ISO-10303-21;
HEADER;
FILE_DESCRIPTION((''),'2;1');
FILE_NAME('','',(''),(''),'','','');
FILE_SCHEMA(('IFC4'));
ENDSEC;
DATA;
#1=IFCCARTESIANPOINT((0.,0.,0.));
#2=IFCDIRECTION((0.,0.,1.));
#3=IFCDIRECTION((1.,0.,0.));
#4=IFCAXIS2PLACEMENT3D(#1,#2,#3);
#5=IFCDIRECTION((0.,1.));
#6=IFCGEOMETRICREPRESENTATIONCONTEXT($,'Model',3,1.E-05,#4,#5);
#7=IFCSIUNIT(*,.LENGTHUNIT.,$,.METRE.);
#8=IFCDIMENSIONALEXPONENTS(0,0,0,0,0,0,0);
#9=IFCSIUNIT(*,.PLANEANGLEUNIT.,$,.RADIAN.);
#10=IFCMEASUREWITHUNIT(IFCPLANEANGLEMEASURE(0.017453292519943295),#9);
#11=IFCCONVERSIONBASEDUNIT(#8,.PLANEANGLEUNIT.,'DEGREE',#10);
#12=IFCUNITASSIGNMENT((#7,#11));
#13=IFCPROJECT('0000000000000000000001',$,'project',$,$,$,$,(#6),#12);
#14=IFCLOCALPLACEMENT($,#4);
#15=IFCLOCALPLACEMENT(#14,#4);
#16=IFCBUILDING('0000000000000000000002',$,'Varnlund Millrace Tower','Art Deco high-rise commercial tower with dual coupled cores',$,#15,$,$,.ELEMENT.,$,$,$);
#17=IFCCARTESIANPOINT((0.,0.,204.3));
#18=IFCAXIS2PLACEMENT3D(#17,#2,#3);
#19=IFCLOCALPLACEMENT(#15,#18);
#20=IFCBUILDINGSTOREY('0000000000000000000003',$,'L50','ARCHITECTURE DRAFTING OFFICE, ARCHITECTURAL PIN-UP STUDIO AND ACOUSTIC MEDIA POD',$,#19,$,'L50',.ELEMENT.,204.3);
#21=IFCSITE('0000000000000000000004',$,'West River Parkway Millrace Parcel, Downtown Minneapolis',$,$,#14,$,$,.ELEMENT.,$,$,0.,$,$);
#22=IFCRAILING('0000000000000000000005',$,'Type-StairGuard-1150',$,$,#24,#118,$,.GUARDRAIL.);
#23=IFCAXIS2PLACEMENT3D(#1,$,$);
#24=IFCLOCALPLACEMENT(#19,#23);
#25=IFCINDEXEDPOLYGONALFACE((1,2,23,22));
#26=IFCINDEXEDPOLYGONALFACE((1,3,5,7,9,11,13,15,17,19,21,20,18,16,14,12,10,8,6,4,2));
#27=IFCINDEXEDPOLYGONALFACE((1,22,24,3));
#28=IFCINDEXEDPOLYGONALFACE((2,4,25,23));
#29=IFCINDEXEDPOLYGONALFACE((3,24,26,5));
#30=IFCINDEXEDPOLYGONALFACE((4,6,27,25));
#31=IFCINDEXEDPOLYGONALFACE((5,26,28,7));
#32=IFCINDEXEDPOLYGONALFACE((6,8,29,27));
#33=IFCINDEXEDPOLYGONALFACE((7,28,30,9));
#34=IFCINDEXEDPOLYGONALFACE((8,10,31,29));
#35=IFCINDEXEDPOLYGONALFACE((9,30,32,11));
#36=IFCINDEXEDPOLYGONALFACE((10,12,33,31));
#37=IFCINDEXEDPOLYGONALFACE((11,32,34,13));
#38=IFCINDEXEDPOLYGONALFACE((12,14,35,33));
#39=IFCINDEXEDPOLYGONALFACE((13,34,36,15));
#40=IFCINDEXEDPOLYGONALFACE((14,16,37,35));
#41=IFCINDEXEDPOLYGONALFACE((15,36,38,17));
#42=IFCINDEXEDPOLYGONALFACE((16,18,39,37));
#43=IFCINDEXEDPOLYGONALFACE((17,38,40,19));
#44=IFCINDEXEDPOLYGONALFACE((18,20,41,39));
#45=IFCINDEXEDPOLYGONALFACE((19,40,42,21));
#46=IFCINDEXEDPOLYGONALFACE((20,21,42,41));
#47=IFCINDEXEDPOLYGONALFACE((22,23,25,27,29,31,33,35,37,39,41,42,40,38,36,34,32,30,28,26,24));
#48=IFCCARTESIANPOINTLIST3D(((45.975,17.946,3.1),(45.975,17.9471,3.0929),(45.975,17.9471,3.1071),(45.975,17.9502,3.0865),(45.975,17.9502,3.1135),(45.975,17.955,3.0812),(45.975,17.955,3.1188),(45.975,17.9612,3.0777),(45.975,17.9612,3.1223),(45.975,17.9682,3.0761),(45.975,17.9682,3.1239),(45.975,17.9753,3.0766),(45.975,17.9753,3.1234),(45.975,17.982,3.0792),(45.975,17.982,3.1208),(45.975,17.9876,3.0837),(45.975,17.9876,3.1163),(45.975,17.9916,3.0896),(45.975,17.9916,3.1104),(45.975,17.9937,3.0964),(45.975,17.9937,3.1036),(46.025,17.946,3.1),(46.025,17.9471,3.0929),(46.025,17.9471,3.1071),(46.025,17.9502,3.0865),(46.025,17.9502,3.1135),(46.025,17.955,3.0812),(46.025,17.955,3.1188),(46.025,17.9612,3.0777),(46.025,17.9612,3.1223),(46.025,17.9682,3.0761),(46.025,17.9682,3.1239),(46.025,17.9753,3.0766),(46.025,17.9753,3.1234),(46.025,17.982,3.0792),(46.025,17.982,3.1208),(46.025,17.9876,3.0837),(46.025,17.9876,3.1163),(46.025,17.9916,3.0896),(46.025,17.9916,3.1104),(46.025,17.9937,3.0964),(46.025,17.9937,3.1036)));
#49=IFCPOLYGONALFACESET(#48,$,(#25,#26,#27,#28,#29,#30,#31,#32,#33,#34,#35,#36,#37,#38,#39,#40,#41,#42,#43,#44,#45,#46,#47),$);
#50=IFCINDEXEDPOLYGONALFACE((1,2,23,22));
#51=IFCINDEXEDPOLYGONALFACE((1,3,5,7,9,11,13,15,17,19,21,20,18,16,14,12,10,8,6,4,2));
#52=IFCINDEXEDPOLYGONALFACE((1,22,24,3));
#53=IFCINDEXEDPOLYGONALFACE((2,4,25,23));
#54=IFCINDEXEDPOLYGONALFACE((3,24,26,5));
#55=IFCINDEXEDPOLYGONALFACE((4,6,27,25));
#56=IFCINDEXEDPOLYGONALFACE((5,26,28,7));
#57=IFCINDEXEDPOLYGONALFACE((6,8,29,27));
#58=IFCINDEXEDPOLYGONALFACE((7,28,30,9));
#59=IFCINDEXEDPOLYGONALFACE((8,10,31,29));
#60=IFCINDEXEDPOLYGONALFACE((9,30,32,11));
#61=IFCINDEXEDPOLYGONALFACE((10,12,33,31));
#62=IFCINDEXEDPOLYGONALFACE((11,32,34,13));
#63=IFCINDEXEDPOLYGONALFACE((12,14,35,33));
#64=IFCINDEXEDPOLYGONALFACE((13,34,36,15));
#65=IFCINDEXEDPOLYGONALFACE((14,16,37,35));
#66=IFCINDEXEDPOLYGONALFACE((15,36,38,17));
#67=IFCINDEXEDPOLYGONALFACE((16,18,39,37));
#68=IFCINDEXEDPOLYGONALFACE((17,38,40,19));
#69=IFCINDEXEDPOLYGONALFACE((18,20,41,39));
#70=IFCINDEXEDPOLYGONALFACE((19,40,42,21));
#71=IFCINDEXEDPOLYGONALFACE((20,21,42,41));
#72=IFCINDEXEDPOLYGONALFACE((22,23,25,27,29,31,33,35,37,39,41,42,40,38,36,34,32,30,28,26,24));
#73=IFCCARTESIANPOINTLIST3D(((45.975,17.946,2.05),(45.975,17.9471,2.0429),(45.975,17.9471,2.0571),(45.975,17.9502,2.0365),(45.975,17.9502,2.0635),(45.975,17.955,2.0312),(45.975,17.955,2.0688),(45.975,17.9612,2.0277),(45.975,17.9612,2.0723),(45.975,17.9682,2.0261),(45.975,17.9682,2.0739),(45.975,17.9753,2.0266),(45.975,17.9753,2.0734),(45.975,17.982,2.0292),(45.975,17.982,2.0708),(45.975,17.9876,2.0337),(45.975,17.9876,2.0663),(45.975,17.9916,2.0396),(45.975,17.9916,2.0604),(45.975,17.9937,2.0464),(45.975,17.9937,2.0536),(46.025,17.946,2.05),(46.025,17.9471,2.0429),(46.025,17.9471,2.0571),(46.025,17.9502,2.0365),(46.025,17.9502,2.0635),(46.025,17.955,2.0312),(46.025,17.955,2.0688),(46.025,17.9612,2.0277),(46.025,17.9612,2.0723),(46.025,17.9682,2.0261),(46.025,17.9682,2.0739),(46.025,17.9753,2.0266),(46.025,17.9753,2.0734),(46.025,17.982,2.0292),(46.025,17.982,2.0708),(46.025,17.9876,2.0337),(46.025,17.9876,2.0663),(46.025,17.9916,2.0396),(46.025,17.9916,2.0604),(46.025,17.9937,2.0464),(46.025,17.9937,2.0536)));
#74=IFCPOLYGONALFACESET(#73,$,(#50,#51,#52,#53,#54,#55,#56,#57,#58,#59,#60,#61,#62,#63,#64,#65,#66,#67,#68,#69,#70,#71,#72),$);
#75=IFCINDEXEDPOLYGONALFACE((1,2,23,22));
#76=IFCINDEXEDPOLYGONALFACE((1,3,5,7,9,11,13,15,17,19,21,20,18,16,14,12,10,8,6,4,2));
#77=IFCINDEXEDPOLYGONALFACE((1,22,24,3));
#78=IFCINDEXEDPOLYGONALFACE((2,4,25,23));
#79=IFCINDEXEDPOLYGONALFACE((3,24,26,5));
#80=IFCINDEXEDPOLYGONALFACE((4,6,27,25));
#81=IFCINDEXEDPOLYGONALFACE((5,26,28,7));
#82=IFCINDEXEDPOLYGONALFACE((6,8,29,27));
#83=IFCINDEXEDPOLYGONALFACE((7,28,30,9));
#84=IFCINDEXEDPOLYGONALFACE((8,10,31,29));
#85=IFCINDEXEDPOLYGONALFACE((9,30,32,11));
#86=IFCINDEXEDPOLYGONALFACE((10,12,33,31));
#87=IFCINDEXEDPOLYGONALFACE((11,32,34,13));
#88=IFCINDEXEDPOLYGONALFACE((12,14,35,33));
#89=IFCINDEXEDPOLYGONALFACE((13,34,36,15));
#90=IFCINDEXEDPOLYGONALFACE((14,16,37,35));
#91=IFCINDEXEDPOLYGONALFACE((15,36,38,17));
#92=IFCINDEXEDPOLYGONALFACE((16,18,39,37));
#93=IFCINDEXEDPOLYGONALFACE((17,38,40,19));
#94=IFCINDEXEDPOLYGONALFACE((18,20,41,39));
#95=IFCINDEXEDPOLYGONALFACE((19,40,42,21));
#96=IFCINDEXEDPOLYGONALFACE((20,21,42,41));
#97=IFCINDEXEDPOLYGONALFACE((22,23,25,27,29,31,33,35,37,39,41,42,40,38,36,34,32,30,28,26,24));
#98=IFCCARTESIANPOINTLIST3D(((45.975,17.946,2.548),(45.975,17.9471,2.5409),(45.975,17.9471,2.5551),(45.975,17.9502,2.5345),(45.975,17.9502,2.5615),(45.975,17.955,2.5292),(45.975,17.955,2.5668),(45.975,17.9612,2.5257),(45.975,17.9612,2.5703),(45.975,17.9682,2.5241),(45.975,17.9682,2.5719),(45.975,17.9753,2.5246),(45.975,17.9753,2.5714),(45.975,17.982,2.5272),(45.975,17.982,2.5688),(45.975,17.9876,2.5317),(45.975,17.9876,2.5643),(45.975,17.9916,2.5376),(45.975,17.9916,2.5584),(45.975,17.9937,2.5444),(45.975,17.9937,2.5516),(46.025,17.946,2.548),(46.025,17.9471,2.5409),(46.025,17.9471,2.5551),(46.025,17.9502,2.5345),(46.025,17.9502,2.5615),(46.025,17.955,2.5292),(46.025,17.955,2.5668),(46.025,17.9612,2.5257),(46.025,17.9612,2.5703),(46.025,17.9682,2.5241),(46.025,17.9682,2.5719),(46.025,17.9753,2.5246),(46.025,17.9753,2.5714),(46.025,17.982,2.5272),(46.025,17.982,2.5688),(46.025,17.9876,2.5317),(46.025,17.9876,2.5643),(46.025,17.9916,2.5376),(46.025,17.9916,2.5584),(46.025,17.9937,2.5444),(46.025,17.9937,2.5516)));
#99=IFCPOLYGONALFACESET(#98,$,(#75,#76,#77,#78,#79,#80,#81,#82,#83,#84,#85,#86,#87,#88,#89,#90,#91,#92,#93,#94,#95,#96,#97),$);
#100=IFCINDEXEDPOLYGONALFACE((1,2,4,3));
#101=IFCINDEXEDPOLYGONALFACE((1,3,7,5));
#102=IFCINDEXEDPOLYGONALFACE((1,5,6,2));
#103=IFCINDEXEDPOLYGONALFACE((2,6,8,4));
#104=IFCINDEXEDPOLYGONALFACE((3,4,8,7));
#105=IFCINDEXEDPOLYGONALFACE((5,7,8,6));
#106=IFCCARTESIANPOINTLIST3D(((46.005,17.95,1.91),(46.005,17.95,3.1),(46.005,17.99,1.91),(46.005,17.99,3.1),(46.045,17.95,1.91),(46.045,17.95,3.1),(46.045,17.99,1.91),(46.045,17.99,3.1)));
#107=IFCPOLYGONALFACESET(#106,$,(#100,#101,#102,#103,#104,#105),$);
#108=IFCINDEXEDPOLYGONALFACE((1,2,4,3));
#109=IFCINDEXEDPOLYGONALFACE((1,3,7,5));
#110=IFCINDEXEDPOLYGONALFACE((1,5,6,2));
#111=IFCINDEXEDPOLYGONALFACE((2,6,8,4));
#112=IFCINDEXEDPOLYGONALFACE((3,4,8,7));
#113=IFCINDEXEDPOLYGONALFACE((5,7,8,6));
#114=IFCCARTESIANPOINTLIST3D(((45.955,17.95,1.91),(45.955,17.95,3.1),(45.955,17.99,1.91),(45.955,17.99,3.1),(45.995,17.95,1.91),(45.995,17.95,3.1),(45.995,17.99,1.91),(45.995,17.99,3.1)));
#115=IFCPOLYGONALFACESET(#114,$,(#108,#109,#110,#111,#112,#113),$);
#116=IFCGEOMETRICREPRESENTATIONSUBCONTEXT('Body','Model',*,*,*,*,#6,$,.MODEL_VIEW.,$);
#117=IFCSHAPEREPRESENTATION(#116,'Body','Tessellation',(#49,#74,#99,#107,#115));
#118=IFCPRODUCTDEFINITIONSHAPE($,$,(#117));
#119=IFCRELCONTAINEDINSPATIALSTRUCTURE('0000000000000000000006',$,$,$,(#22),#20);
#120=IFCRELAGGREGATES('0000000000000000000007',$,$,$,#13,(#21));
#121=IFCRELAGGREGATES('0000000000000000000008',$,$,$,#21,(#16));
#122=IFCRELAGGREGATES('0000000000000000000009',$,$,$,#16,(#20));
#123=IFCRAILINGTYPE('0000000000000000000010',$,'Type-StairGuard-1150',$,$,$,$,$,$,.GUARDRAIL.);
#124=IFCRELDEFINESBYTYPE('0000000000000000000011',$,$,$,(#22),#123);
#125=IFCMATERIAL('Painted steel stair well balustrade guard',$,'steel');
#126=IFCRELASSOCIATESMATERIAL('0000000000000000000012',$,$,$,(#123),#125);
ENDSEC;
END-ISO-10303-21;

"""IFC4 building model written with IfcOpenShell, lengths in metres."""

from ifc_helpers import new_model, entity, si_unit, converted_unit, direction, frame, origin_with_axes, origin_2d_with_axis, place, context, subcontext, project, spatial, rectangle, circle, extrude, material, type_object, element, save


model = new_model("IFC4")

# Units and contexts
model_context = context("Model", 3, precision=1e-05, world=origin_with_axes(), true_north=direction((0.0, 1.0)))
body_context = subcontext(model_context, "Body", "Model", "MODEL_VIEW")
ifc_project = project(units=[si_unit("LENGTHUNIT", "METRE"), converted_unit("PLANEANGLEUNIT", "DEGREE", entity("IfcPlaneAngleMeasure", 0.017453292519943295), si_unit("PLANEANGLEUNIT", "RADIAN"), dimensions=[0, 0, 0, 0, 0, 0, 0])], contexts=[model_context])

# Site, building, storey
site_placement = place(None, origin_with_axes())
site = spatial("IfcSite", under=ifc_project, at=site_placement, Name="West River Parkway Millrace Parcel, Downtown Minneapolis", CompositionType="ELEMENT", RefElevation=0.0)
building_placement = place(site_placement, origin_with_axes())
building = spatial("IfcBuilding", under=site, at=building_placement, Name="Varnlund Millrace Tower", Description="Art Deco high-rise commercial tower with dual coupled cores", CompositionType="ELEMENT")
storey_placement = place(building_placement, frame((0.0, 0.0, 204.3), z_axis=(0.0, 0.0, 1.0), x_axis=(1.0, 0.0, 0.0)))
storey = spatial("IfcBuildingStorey", under=building, at=storey_placement, Name="L50", Description="ARCHITECTURE DRAFTING OFFICE, ARCHITECTURAL PIN-UP STUDIO AND ACOUSTIC MEDIA POD", LongName="L50", CompositionType="ELEMENT", Elevation=204.3)

# Railing
ifc_material_1 = material(Name="Painted steel stair well balustrade guard", Category="steel")
railing_type_1 = type_object("IfcRailingType", Name="Type-StairGuard-1150", PredefinedType="GUARDRAIL", material=ifc_material_1)
railing_1_placement = place(storey_placement, frame((0.0, 0.0, -204.3), z_axis=(0.0, 0.0, 1.0), x_axis=(1.0, 0.0, 0.0)))
element("IfcRailing", 1, at=railing_1_placement, inside=storey, type_object=railing_type_1, Name="Type-StairGuard-1150", PredefinedType="GUARDRAIL", context=body_context, shape_type="SweptSolid", body=[
    extrude(circle(Radius=0.024, at=origin_2d_with_axis()), frame((46.025, 17.97, 207.4), z_axis=(-1.0, 0.0, 0.0), x_axis=(0.0, -1.0, 0.0)), (0.0, 0.0, 1.0), 0.05),
    extrude(circle(Radius=0.024, at=origin_2d_with_axis()), frame((46.025, 17.97, 206.35), z_axis=(-1.0, 0.0, 0.0), x_axis=(0.0, -1.0, 0.0)), (0.0, 0.0, 1.0), 0.05),
    extrude(circle(Radius=0.024, at=origin_2d_with_axis()), frame((46.025, 17.97, 206.848), z_axis=(-1.0, 0.0, 0.0), x_axis=(0.0, -1.0, 0.0)), (0.0, 0.0, 1.0), 0.05),
    extrude(rectangle(XDim=0.04, YDim=0.04, at=origin_2d_with_axis()), frame((46.025, 17.97, 206.21), z_axis=(0.0, 0.0, 1.0), x_axis=(1.0, 0.0, 0.0)), (0.0, 0.0, 1.0), 1.19),
    extrude(rectangle(XDim=0.04, YDim=0.04, at=origin_2d_with_axis()), frame((45.975, 17.97, 206.21), z_axis=(0.0, 0.0, 1.0), x_axis=(1.0, 0.0, 0.0)), (0.0, 0.0, 1.0), 1.19),
])

save(model, "model.ifc")
